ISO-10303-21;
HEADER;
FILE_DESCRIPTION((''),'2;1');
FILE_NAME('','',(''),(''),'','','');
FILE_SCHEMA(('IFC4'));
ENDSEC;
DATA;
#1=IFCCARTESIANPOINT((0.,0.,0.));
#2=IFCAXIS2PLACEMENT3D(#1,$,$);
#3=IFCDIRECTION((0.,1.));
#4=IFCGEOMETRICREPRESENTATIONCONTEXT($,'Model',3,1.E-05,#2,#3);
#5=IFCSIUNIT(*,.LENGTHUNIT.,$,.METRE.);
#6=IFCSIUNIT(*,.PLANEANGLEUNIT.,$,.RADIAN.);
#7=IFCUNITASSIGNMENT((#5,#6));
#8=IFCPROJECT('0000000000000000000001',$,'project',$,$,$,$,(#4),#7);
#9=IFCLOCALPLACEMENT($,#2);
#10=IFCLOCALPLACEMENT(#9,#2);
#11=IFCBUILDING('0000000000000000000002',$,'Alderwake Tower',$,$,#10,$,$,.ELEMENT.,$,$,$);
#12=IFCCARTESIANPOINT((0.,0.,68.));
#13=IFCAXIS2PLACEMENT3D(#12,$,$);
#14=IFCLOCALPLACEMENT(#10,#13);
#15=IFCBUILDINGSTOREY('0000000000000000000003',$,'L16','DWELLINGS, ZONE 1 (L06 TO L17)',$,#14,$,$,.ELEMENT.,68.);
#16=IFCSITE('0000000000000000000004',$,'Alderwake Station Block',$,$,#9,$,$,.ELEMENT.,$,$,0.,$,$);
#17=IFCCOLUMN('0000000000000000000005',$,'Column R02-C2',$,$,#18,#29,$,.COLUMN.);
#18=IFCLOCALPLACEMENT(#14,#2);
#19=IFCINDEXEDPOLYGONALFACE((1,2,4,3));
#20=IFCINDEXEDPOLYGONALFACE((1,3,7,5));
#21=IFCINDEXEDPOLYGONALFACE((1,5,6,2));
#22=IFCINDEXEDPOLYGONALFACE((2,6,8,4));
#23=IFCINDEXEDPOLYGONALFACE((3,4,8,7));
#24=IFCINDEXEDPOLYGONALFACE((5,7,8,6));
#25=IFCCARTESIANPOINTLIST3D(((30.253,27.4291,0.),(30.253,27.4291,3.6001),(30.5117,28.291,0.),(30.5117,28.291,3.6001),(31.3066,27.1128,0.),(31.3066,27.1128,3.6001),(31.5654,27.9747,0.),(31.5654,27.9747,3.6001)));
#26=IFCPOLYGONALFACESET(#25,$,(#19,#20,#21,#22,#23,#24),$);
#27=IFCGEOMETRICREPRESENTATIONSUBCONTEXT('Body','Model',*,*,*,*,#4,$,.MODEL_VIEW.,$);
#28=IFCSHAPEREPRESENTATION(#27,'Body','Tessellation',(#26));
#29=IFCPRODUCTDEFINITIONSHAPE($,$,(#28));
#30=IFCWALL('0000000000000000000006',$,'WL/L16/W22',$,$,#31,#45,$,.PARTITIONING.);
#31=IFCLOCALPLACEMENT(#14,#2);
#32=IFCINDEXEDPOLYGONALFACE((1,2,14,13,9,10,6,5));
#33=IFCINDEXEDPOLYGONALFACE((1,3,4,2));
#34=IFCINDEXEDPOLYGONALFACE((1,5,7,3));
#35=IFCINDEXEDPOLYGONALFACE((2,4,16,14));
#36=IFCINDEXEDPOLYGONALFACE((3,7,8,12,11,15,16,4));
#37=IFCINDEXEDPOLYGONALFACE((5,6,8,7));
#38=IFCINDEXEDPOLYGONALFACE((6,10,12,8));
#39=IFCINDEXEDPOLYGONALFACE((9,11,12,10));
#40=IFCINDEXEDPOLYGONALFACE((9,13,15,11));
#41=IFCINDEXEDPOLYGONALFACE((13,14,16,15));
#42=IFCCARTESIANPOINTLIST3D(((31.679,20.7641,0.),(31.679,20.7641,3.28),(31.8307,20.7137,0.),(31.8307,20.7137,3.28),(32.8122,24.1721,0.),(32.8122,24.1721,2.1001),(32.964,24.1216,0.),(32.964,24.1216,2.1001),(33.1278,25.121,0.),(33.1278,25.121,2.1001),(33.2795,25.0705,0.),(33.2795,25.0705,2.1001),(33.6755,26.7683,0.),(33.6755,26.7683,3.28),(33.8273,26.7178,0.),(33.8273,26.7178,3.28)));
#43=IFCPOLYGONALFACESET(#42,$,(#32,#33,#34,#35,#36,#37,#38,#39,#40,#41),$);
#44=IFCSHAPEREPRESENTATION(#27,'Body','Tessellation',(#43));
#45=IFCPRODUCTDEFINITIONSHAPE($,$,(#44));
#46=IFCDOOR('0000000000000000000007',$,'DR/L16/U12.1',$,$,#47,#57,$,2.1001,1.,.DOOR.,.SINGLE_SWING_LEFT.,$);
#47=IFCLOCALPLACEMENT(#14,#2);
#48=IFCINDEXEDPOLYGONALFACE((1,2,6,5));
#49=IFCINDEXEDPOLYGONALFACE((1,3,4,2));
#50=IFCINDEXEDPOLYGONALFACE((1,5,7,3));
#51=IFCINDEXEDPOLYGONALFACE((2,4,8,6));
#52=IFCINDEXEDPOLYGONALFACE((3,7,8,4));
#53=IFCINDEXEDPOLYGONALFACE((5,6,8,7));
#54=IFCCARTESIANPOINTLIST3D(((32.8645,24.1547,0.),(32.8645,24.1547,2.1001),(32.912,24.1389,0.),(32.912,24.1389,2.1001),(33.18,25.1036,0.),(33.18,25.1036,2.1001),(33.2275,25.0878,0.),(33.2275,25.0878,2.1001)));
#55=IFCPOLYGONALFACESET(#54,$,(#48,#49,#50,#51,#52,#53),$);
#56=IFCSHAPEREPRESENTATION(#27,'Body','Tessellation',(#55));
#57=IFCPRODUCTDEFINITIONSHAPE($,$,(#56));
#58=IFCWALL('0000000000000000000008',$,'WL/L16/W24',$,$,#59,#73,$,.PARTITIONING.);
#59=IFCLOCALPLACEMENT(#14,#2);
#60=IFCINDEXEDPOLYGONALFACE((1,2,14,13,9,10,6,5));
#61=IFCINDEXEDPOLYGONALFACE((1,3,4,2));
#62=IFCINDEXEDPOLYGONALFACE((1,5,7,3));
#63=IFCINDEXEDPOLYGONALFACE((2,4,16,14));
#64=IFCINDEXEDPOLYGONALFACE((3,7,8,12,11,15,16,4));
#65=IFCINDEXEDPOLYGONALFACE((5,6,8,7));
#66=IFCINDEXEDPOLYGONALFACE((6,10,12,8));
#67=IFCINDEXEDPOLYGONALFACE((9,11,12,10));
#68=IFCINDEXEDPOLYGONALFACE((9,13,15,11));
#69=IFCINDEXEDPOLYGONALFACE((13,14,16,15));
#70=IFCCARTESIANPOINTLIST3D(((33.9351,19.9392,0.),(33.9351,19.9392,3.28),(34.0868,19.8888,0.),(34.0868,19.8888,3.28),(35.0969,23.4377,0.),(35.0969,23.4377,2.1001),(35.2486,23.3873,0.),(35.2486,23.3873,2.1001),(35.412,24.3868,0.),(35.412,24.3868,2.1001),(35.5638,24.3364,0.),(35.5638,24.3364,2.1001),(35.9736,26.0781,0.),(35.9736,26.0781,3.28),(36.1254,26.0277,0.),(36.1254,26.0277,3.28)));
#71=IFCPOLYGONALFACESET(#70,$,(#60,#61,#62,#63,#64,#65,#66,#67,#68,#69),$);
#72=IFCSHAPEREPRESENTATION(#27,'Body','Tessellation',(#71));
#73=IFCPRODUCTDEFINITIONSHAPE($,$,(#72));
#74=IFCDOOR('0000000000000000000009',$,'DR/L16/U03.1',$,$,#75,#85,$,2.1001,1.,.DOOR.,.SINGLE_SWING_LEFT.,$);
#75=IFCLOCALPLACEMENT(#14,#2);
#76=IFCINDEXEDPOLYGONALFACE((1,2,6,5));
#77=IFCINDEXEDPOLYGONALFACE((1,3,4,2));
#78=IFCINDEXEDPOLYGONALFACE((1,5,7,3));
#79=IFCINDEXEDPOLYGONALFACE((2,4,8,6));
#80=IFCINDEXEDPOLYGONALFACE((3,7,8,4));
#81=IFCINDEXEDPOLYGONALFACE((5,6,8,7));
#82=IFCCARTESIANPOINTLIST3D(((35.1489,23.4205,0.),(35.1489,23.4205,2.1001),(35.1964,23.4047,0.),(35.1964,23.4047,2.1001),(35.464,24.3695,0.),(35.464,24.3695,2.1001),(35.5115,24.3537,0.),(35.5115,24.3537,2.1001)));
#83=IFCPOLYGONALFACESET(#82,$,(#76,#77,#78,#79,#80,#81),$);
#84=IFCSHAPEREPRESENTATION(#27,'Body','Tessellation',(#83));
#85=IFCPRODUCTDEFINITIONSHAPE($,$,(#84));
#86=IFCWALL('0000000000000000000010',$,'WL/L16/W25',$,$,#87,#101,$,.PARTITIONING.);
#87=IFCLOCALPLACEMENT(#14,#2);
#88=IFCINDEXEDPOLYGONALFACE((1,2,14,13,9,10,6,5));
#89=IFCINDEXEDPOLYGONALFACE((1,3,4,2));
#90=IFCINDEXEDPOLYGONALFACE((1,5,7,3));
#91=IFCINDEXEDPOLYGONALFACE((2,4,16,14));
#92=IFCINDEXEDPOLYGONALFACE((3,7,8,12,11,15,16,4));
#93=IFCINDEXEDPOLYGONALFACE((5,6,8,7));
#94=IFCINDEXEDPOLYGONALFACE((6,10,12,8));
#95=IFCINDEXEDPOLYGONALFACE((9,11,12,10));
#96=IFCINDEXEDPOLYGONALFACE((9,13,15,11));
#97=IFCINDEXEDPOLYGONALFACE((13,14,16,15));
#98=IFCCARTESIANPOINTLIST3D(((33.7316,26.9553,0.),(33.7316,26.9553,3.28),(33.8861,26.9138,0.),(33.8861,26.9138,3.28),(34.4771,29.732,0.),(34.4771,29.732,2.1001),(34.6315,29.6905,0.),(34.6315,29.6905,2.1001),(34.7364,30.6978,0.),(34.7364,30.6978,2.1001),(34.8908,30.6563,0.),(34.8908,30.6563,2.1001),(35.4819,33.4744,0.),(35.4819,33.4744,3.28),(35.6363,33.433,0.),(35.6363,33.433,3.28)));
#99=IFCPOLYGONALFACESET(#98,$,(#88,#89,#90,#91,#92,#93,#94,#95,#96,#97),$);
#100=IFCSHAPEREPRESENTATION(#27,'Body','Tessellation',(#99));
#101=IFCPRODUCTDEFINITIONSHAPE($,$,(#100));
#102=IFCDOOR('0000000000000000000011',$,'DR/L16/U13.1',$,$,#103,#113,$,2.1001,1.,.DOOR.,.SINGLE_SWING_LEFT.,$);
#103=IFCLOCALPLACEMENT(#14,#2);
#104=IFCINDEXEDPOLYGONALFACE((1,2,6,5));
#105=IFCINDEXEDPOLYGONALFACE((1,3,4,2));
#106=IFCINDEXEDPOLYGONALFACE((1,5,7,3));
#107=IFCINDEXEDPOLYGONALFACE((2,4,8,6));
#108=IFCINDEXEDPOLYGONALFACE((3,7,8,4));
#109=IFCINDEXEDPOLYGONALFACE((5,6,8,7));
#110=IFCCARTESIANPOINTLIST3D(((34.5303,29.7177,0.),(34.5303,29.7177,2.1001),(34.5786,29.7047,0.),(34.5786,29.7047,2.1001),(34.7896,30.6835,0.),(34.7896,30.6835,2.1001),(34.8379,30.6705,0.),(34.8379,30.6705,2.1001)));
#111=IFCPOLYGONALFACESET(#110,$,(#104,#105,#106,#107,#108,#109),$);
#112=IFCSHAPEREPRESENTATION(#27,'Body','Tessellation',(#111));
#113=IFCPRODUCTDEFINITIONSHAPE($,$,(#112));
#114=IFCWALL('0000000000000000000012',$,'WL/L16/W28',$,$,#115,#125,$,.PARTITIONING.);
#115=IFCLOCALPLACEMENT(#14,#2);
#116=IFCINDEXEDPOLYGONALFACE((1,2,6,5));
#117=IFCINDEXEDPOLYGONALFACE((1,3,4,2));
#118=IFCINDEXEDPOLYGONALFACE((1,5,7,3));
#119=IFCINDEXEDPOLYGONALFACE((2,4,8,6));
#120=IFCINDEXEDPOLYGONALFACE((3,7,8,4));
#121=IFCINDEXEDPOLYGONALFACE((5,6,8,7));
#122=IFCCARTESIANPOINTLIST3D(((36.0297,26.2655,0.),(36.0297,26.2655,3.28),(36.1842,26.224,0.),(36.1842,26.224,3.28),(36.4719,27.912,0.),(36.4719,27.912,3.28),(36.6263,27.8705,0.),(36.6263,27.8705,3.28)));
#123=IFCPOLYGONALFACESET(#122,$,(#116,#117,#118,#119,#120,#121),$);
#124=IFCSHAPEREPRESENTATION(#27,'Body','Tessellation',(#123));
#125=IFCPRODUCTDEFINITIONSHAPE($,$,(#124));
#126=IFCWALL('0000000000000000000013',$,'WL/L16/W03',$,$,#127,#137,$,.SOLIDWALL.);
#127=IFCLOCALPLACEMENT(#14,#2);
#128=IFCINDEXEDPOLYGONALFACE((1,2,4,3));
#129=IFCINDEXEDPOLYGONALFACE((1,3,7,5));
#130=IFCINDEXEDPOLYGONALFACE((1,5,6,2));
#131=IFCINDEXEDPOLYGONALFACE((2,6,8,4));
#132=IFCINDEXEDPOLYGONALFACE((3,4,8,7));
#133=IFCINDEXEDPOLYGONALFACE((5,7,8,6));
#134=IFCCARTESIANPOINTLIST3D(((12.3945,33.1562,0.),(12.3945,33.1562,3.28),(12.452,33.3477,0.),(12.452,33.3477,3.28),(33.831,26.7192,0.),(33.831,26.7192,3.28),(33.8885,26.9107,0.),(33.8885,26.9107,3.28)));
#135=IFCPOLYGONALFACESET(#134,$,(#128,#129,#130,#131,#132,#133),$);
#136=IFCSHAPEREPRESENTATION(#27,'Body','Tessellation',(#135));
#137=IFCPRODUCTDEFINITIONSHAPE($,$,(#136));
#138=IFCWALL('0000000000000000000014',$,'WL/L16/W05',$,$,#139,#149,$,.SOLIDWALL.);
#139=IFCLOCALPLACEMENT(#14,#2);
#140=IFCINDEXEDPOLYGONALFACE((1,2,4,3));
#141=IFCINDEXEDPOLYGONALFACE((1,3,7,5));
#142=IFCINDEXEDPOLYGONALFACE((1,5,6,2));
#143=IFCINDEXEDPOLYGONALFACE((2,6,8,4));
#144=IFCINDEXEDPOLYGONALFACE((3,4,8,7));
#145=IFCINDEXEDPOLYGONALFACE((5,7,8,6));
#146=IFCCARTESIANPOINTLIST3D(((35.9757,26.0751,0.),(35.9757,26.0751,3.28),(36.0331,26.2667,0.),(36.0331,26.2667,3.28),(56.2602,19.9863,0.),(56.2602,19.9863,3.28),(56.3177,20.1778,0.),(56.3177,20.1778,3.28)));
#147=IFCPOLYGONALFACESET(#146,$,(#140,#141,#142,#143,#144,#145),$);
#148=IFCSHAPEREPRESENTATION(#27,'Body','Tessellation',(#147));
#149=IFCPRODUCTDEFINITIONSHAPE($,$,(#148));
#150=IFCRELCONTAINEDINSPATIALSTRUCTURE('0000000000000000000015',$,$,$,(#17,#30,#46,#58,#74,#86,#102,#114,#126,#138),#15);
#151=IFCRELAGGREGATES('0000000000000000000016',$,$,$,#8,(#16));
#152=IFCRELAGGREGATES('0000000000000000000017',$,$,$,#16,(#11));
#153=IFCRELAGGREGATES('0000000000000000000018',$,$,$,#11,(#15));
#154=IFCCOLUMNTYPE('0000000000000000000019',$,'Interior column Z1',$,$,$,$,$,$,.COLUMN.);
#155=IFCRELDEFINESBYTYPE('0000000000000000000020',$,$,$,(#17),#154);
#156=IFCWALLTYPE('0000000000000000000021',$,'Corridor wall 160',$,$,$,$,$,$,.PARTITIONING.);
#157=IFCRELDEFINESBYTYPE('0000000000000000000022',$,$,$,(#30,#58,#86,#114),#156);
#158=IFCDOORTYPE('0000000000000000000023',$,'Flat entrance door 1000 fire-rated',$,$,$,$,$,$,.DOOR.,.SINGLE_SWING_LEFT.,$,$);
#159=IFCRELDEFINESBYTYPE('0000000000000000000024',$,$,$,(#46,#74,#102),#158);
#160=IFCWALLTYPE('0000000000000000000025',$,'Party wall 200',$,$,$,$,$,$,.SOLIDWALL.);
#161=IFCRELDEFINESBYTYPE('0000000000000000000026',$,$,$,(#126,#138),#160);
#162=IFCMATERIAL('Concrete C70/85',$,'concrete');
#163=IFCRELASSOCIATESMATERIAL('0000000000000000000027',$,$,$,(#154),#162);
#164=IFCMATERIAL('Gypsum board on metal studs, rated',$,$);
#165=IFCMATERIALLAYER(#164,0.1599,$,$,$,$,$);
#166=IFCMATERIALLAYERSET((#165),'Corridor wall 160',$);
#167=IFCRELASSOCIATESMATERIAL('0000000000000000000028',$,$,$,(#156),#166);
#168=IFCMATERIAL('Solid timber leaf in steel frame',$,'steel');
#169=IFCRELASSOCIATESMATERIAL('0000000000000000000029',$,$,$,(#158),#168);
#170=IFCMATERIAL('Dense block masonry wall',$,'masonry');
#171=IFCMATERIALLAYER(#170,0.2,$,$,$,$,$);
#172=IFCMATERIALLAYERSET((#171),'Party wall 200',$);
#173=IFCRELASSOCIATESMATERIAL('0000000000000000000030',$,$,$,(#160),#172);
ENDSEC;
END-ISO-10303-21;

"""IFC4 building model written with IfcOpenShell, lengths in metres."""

from ifc_helpers import new_model, si_unit, direction, frame, frame_2d, origin, origin_2d, place, context, subcontext, project, spatial, rectangle, extrude, material, layer, layer_set, material_profile, profile_set, type_object, element, fill, save


model = new_model("IFC4")

# Units and contexts
model_context = context("Model", 3, precision=1e-05, world=origin(), true_north=direction((0.0, 1.0)))
body_context = subcontext(model_context, "Body", "Model", "MODEL_VIEW")
ifc_project = project(units=[si_unit("LENGTHUNIT", "METRE"), si_unit("PLANEANGLEUNIT", "RADIAN")], contexts=[model_context])

# Site, building, storey
site_placement = place(None, origin())
site = spatial("IfcSite", under=ifc_project, at=site_placement, Name="Alderwake Station Block", CompositionType="ELEMENT", RefElevation=0.0)
building_placement = place(site_placement, origin())
building = spatial("IfcBuilding", under=site, at=building_placement, Name="Alderwake Tower", CompositionType="ELEMENT")
storey_placement = place(building_placement, frame((0.0, 0.0, 68.0)))
storey = spatial("IfcBuildingStorey", under=building, at=storey_placement, Name="L16", Description="DWELLINGS, ZONE 1 (L06 TO L17)", CompositionType="ELEMENT", Elevation=68.0)

# Column
ifc_material_1 = material(Name="Concrete C70/85", Category="concrete")
ifc_material_profile = material_profile(ifc_material_1, rectangle(XDim=0.8999, YDim=1.1001, at=origin_2d()), Name="RC 1100X900")
ifc_profile_set = profile_set([ifc_material_profile], Name="Concrete C70/85")
column_type = type_object("IfcColumnType", Name="Interior column Z1", PredefinedType="COLUMN", material=ifc_profile_set)
column_placement = place(storey_placement, frame((30.9092, 27.7019, 0.0), z_axis=(0.0, 0.0, 1.0), x_axis=(0.287549, 0.957766, 0.0)))
element("IfcColumn", 1, at=column_placement, inside=storey, type_object=column_type, Name="Column R02-C2", PredefinedType="COLUMN", context=body_context, shape_type="SweptSolid", body=[
    extrude(rectangle(XDim=0.8999, YDim=1.1001, at=origin_2d()), origin(), (0.0, 0.0, 1.0), 3.6001),
])

# Walls, openings, doors
ifc_material_2 = material(Name="Gypsum board on metal studs, rated")
ifc_layer_1 = layer(ifc_material_2, 0.1599)
ifc_layer_set_1 = layer_set([ifc_layer_1], Name="Corridor wall 160")
wall_type_1 = type_object("IfcWallType", Name="Corridor wall 160", PredefinedType="PARTITIONING", material=ifc_layer_set_1)
wall_1_placement = place(storey_placement, frame((31.7549, 20.739, 0.0), z_axis=(0.0, 0.0, 1.0), x_axis=(0.315545, 0.948911, 0.0)))
wall_1 = element("IfcWall", 2, at=wall_1_placement, inside=storey, type_object=wall_type_1, Name="WL/L16/W22", PredefinedType="PARTITIONING", context=body_context, shape_type="SweptSolid", body=[
    extrude(rectangle(XDim=6.3274, YDim=0.1599, at=frame_2d((3.1636, 0.0))), origin(), (0.0, 0.0, 1.0), 3.28),
])
opening_1_placement = place(wall_1_placement, frame((3.5913, 0.0, 0.0)))
opening_1 = element("IfcOpeningElement", 3, at=opening_1_placement, cuts=wall_1, PredefinedType="OPENING", context=body_context, shape_type="SweptSolid", body=[
    extrude(rectangle(XDim=1.0, YDim=2.1001, at=frame_2d((0.5, 1.05))), frame((0.0, 0.0898, 0.0), z_axis=(0.0, -1.0, 0.0), x_axis=(1.0, 0.0, 0.0)), (0.0, 0.0, 1.0), 0.1799),
])
ifc_material_3 = material(Name="Solid timber leaf in steel frame", Category="steel")
door_type_1 = type_object("IfcDoorType", Name="Flat entrance door 1000 fire-rated", OperationType="SINGLE_SWING_LEFT", PredefinedType="DOOR", material=ifc_material_3)
door_1_placement = place(opening_1_placement, origin())
door_1 = element("IfcDoor", 4, at=door_1_placement, inside=storey, type_object=door_type_1, Name="DR/L16/U12.1", OperationType="SINGLE_SWING_LEFT", OverallHeight=2.1001, OverallWidth=1.0, PredefinedType="DOOR", context=body_context, shape_type="SweptSolid", body=[
    extrude(rectangle(XDim=1.0, YDim=2.1001, at=frame_2d((0.5, 1.05))), frame((0.0, 0.0249, 0.0), z_axis=(0.0, -1.0, 0.0), x_axis=(1.0, 0.0, 0.0)), (0.0, 0.0, 1.0), 0.05),
])
fill(opening_1, door_1)
wall_2_placement = place(storey_placement, frame((36.0496, 26.053, 0.0), z_axis=(0.0, 0.0, 1.0), x_axis=(-0.315152, -0.949041, 0.0)))
wall_2 = element("IfcWall", 5, at=wall_2_placement, inside=storey, type_object=wall_type_1, Name="WL/L16/W24", PredefinedType="PARTITIONING", context=body_context, shape_type="SweptSolid", body=[
    extrude(rectangle(XDim=6.4685, YDim=0.1599, at=frame_2d((3.2344, 0.0))), origin(), (0.0, 0.0, 1.0), 3.28),
])
opening_2_placement = place(wall_2_placement, frame((1.7822, 0.0, 0.0)))
opening_2 = element("IfcOpeningElement", 6, at=opening_2_placement, cuts=wall_2, PredefinedType="OPENING", context=body_context, shape_type="SweptSolid", body=[
    extrude(rectangle(XDim=1.0, YDim=2.1001, at=frame_2d((0.5, 1.05))), frame((0.0, 0.0898, 0.0), z_axis=(0.0, -1.0, 0.0), x_axis=(1.0, 0.0, 0.0)), (0.0, 0.0, 1.0), 0.1799),
])
door_2_placement = place(opening_2_placement, origin())
door_2 = element("IfcDoor", 7, at=door_2_placement, inside=storey, type_object=door_type_1, Name="DR/L16/U03.1", OperationType="SINGLE_SWING_LEFT", OverallHeight=2.1001, OverallWidth=1.0, PredefinedType="DOOR", context=body_context, shape_type="SweptSolid", body=[
    extrude(rectangle(XDim=1.0, YDim=2.1001, at=frame_2d((0.5, 1.05))), frame((0.0, 0.0249, 0.0), z_axis=(0.0, -1.0, 0.0), x_axis=(1.0, 0.0, 0.0)), (0.0, 0.0, 1.0), 0.05),
])
fill(opening_2, door_2)
wall_3_placement = place(storey_placement, frame((33.8088, 26.9346, 0.0), z_axis=(0.0, 0.0, 1.0), x_axis=(0.259299, 0.965797, 0.0)))
wall_3 = element("IfcWall", 8, at=wall_3_placement, inside=storey, type_object=wall_type_1, Name="WL/L16/W25", PredefinedType="PARTITIONING", context=body_context, shape_type="SweptSolid", body=[
    extrude(rectangle(XDim=6.75, YDim=0.1599, at=frame_2d((3.375, 0.0))), origin(), (0.0, 0.0, 1.0), 3.28),
])
opening_3_placement = place(wall_3_placement, frame((2.875, 0.0, 0.0)))
opening_3 = element("IfcOpeningElement", 9, at=opening_3_placement, cuts=wall_3, PredefinedType="OPENING", context=body_context, shape_type="SweptSolid", body=[
    extrude(rectangle(XDim=1.0, YDim=2.1001, at=frame_2d((0.5, 1.05))), frame((0.0, 0.0898, 0.0), z_axis=(0.0, -1.0, 0.0), x_axis=(1.0, 0.0, 0.0)), (0.0, 0.0, 1.0), 0.1799),
])
door_3_placement = place(opening_3_placement, origin())
door_3 = element("IfcDoor", 10, at=door_3_placement, inside=storey, type_object=door_type_1, Name="DR/L16/U13.1", OperationType="SINGLE_SWING_LEFT", OverallHeight=2.1001, OverallWidth=1.0, PredefinedType="DOOR", context=body_context, shape_type="SweptSolid", body=[
    extrude(rectangle(XDim=1.0, YDim=2.1001, at=frame_2d((0.5, 1.05))), frame((0.0, 0.0249, 0.0), z_axis=(0.0, -1.0, 0.0), x_axis=(1.0, 0.0, 0.0)), (0.0, 0.0, 1.0), 0.05),
])
fill(opening_3, door_3)

# Walls
wall_4_placement = place(storey_placement, frame((36.1069, 26.2446, 0.0), z_axis=(0.0, 0.0, 1.0), x_axis=(0.259347, 0.965784, 0.0)))
element("IfcWall", 11, at=wall_4_placement, inside=storey, type_object=wall_type_1, Name="WL/L16/W28", PredefinedType="PARTITIONING", context=body_context, shape_type="SweptSolid", body=[
    extrude(rectangle(XDim=1.7048, YDim=0.1599, at=frame_2d((0.8525, 0.0))), origin(), (0.0, 0.0, 1.0), 3.28),
])
ifc_material_4 = material(Name="Dense block masonry wall", Category="masonry")
ifc_layer_2 = layer(ifc_material_4, 0.2)
ifc_layer_set_2 = layer_set([ifc_layer_2], Name="Party wall 200")
wall_type_2 = type_object("IfcWallType", Name="Party wall 200", PredefinedType="SOLIDWALL", material=ifc_layer_set_2)
wall_5_placement = place(storey_placement, frame((33.8596, 26.8149, 0.0), z_axis=(0.0, 0.0, 1.0), x_axis=(-0.957752, 0.287596, 0.0)))
element("IfcWall", 12, at=wall_5_placement, inside=storey, type_object=wall_type_2, Name="WL/L16/W03", PredefinedType="SOLIDWALL", context=body_context, shape_type="SweptSolid", body=[
    extrude(rectangle(XDim=22.3821, YDim=0.2, at=frame_2d((11.1909, 0.0))), origin(), (0.0, 0.0, 1.0), 3.28),
])
wall_6_placement = place(storey_placement, frame((36.0044, 26.1709, 0.0), z_axis=(0.0, 0.0, 1.0), x_axis=(0.957781, -0.287498, 0.0)))
element("IfcWall", 13, at=wall_6_placement, inside=storey, type_object=wall_type_2, Name="WL/L16/W05", PredefinedType="SOLIDWALL", context=body_context, shape_type="SweptSolid", body=[
    extrude(rectangle(XDim=21.1787, YDim=0.2, at=frame_2d((10.5894, 0.0))), origin(), (0.0, 0.0, 1.0), 3.28),
])

save(model, "model.ifc")
